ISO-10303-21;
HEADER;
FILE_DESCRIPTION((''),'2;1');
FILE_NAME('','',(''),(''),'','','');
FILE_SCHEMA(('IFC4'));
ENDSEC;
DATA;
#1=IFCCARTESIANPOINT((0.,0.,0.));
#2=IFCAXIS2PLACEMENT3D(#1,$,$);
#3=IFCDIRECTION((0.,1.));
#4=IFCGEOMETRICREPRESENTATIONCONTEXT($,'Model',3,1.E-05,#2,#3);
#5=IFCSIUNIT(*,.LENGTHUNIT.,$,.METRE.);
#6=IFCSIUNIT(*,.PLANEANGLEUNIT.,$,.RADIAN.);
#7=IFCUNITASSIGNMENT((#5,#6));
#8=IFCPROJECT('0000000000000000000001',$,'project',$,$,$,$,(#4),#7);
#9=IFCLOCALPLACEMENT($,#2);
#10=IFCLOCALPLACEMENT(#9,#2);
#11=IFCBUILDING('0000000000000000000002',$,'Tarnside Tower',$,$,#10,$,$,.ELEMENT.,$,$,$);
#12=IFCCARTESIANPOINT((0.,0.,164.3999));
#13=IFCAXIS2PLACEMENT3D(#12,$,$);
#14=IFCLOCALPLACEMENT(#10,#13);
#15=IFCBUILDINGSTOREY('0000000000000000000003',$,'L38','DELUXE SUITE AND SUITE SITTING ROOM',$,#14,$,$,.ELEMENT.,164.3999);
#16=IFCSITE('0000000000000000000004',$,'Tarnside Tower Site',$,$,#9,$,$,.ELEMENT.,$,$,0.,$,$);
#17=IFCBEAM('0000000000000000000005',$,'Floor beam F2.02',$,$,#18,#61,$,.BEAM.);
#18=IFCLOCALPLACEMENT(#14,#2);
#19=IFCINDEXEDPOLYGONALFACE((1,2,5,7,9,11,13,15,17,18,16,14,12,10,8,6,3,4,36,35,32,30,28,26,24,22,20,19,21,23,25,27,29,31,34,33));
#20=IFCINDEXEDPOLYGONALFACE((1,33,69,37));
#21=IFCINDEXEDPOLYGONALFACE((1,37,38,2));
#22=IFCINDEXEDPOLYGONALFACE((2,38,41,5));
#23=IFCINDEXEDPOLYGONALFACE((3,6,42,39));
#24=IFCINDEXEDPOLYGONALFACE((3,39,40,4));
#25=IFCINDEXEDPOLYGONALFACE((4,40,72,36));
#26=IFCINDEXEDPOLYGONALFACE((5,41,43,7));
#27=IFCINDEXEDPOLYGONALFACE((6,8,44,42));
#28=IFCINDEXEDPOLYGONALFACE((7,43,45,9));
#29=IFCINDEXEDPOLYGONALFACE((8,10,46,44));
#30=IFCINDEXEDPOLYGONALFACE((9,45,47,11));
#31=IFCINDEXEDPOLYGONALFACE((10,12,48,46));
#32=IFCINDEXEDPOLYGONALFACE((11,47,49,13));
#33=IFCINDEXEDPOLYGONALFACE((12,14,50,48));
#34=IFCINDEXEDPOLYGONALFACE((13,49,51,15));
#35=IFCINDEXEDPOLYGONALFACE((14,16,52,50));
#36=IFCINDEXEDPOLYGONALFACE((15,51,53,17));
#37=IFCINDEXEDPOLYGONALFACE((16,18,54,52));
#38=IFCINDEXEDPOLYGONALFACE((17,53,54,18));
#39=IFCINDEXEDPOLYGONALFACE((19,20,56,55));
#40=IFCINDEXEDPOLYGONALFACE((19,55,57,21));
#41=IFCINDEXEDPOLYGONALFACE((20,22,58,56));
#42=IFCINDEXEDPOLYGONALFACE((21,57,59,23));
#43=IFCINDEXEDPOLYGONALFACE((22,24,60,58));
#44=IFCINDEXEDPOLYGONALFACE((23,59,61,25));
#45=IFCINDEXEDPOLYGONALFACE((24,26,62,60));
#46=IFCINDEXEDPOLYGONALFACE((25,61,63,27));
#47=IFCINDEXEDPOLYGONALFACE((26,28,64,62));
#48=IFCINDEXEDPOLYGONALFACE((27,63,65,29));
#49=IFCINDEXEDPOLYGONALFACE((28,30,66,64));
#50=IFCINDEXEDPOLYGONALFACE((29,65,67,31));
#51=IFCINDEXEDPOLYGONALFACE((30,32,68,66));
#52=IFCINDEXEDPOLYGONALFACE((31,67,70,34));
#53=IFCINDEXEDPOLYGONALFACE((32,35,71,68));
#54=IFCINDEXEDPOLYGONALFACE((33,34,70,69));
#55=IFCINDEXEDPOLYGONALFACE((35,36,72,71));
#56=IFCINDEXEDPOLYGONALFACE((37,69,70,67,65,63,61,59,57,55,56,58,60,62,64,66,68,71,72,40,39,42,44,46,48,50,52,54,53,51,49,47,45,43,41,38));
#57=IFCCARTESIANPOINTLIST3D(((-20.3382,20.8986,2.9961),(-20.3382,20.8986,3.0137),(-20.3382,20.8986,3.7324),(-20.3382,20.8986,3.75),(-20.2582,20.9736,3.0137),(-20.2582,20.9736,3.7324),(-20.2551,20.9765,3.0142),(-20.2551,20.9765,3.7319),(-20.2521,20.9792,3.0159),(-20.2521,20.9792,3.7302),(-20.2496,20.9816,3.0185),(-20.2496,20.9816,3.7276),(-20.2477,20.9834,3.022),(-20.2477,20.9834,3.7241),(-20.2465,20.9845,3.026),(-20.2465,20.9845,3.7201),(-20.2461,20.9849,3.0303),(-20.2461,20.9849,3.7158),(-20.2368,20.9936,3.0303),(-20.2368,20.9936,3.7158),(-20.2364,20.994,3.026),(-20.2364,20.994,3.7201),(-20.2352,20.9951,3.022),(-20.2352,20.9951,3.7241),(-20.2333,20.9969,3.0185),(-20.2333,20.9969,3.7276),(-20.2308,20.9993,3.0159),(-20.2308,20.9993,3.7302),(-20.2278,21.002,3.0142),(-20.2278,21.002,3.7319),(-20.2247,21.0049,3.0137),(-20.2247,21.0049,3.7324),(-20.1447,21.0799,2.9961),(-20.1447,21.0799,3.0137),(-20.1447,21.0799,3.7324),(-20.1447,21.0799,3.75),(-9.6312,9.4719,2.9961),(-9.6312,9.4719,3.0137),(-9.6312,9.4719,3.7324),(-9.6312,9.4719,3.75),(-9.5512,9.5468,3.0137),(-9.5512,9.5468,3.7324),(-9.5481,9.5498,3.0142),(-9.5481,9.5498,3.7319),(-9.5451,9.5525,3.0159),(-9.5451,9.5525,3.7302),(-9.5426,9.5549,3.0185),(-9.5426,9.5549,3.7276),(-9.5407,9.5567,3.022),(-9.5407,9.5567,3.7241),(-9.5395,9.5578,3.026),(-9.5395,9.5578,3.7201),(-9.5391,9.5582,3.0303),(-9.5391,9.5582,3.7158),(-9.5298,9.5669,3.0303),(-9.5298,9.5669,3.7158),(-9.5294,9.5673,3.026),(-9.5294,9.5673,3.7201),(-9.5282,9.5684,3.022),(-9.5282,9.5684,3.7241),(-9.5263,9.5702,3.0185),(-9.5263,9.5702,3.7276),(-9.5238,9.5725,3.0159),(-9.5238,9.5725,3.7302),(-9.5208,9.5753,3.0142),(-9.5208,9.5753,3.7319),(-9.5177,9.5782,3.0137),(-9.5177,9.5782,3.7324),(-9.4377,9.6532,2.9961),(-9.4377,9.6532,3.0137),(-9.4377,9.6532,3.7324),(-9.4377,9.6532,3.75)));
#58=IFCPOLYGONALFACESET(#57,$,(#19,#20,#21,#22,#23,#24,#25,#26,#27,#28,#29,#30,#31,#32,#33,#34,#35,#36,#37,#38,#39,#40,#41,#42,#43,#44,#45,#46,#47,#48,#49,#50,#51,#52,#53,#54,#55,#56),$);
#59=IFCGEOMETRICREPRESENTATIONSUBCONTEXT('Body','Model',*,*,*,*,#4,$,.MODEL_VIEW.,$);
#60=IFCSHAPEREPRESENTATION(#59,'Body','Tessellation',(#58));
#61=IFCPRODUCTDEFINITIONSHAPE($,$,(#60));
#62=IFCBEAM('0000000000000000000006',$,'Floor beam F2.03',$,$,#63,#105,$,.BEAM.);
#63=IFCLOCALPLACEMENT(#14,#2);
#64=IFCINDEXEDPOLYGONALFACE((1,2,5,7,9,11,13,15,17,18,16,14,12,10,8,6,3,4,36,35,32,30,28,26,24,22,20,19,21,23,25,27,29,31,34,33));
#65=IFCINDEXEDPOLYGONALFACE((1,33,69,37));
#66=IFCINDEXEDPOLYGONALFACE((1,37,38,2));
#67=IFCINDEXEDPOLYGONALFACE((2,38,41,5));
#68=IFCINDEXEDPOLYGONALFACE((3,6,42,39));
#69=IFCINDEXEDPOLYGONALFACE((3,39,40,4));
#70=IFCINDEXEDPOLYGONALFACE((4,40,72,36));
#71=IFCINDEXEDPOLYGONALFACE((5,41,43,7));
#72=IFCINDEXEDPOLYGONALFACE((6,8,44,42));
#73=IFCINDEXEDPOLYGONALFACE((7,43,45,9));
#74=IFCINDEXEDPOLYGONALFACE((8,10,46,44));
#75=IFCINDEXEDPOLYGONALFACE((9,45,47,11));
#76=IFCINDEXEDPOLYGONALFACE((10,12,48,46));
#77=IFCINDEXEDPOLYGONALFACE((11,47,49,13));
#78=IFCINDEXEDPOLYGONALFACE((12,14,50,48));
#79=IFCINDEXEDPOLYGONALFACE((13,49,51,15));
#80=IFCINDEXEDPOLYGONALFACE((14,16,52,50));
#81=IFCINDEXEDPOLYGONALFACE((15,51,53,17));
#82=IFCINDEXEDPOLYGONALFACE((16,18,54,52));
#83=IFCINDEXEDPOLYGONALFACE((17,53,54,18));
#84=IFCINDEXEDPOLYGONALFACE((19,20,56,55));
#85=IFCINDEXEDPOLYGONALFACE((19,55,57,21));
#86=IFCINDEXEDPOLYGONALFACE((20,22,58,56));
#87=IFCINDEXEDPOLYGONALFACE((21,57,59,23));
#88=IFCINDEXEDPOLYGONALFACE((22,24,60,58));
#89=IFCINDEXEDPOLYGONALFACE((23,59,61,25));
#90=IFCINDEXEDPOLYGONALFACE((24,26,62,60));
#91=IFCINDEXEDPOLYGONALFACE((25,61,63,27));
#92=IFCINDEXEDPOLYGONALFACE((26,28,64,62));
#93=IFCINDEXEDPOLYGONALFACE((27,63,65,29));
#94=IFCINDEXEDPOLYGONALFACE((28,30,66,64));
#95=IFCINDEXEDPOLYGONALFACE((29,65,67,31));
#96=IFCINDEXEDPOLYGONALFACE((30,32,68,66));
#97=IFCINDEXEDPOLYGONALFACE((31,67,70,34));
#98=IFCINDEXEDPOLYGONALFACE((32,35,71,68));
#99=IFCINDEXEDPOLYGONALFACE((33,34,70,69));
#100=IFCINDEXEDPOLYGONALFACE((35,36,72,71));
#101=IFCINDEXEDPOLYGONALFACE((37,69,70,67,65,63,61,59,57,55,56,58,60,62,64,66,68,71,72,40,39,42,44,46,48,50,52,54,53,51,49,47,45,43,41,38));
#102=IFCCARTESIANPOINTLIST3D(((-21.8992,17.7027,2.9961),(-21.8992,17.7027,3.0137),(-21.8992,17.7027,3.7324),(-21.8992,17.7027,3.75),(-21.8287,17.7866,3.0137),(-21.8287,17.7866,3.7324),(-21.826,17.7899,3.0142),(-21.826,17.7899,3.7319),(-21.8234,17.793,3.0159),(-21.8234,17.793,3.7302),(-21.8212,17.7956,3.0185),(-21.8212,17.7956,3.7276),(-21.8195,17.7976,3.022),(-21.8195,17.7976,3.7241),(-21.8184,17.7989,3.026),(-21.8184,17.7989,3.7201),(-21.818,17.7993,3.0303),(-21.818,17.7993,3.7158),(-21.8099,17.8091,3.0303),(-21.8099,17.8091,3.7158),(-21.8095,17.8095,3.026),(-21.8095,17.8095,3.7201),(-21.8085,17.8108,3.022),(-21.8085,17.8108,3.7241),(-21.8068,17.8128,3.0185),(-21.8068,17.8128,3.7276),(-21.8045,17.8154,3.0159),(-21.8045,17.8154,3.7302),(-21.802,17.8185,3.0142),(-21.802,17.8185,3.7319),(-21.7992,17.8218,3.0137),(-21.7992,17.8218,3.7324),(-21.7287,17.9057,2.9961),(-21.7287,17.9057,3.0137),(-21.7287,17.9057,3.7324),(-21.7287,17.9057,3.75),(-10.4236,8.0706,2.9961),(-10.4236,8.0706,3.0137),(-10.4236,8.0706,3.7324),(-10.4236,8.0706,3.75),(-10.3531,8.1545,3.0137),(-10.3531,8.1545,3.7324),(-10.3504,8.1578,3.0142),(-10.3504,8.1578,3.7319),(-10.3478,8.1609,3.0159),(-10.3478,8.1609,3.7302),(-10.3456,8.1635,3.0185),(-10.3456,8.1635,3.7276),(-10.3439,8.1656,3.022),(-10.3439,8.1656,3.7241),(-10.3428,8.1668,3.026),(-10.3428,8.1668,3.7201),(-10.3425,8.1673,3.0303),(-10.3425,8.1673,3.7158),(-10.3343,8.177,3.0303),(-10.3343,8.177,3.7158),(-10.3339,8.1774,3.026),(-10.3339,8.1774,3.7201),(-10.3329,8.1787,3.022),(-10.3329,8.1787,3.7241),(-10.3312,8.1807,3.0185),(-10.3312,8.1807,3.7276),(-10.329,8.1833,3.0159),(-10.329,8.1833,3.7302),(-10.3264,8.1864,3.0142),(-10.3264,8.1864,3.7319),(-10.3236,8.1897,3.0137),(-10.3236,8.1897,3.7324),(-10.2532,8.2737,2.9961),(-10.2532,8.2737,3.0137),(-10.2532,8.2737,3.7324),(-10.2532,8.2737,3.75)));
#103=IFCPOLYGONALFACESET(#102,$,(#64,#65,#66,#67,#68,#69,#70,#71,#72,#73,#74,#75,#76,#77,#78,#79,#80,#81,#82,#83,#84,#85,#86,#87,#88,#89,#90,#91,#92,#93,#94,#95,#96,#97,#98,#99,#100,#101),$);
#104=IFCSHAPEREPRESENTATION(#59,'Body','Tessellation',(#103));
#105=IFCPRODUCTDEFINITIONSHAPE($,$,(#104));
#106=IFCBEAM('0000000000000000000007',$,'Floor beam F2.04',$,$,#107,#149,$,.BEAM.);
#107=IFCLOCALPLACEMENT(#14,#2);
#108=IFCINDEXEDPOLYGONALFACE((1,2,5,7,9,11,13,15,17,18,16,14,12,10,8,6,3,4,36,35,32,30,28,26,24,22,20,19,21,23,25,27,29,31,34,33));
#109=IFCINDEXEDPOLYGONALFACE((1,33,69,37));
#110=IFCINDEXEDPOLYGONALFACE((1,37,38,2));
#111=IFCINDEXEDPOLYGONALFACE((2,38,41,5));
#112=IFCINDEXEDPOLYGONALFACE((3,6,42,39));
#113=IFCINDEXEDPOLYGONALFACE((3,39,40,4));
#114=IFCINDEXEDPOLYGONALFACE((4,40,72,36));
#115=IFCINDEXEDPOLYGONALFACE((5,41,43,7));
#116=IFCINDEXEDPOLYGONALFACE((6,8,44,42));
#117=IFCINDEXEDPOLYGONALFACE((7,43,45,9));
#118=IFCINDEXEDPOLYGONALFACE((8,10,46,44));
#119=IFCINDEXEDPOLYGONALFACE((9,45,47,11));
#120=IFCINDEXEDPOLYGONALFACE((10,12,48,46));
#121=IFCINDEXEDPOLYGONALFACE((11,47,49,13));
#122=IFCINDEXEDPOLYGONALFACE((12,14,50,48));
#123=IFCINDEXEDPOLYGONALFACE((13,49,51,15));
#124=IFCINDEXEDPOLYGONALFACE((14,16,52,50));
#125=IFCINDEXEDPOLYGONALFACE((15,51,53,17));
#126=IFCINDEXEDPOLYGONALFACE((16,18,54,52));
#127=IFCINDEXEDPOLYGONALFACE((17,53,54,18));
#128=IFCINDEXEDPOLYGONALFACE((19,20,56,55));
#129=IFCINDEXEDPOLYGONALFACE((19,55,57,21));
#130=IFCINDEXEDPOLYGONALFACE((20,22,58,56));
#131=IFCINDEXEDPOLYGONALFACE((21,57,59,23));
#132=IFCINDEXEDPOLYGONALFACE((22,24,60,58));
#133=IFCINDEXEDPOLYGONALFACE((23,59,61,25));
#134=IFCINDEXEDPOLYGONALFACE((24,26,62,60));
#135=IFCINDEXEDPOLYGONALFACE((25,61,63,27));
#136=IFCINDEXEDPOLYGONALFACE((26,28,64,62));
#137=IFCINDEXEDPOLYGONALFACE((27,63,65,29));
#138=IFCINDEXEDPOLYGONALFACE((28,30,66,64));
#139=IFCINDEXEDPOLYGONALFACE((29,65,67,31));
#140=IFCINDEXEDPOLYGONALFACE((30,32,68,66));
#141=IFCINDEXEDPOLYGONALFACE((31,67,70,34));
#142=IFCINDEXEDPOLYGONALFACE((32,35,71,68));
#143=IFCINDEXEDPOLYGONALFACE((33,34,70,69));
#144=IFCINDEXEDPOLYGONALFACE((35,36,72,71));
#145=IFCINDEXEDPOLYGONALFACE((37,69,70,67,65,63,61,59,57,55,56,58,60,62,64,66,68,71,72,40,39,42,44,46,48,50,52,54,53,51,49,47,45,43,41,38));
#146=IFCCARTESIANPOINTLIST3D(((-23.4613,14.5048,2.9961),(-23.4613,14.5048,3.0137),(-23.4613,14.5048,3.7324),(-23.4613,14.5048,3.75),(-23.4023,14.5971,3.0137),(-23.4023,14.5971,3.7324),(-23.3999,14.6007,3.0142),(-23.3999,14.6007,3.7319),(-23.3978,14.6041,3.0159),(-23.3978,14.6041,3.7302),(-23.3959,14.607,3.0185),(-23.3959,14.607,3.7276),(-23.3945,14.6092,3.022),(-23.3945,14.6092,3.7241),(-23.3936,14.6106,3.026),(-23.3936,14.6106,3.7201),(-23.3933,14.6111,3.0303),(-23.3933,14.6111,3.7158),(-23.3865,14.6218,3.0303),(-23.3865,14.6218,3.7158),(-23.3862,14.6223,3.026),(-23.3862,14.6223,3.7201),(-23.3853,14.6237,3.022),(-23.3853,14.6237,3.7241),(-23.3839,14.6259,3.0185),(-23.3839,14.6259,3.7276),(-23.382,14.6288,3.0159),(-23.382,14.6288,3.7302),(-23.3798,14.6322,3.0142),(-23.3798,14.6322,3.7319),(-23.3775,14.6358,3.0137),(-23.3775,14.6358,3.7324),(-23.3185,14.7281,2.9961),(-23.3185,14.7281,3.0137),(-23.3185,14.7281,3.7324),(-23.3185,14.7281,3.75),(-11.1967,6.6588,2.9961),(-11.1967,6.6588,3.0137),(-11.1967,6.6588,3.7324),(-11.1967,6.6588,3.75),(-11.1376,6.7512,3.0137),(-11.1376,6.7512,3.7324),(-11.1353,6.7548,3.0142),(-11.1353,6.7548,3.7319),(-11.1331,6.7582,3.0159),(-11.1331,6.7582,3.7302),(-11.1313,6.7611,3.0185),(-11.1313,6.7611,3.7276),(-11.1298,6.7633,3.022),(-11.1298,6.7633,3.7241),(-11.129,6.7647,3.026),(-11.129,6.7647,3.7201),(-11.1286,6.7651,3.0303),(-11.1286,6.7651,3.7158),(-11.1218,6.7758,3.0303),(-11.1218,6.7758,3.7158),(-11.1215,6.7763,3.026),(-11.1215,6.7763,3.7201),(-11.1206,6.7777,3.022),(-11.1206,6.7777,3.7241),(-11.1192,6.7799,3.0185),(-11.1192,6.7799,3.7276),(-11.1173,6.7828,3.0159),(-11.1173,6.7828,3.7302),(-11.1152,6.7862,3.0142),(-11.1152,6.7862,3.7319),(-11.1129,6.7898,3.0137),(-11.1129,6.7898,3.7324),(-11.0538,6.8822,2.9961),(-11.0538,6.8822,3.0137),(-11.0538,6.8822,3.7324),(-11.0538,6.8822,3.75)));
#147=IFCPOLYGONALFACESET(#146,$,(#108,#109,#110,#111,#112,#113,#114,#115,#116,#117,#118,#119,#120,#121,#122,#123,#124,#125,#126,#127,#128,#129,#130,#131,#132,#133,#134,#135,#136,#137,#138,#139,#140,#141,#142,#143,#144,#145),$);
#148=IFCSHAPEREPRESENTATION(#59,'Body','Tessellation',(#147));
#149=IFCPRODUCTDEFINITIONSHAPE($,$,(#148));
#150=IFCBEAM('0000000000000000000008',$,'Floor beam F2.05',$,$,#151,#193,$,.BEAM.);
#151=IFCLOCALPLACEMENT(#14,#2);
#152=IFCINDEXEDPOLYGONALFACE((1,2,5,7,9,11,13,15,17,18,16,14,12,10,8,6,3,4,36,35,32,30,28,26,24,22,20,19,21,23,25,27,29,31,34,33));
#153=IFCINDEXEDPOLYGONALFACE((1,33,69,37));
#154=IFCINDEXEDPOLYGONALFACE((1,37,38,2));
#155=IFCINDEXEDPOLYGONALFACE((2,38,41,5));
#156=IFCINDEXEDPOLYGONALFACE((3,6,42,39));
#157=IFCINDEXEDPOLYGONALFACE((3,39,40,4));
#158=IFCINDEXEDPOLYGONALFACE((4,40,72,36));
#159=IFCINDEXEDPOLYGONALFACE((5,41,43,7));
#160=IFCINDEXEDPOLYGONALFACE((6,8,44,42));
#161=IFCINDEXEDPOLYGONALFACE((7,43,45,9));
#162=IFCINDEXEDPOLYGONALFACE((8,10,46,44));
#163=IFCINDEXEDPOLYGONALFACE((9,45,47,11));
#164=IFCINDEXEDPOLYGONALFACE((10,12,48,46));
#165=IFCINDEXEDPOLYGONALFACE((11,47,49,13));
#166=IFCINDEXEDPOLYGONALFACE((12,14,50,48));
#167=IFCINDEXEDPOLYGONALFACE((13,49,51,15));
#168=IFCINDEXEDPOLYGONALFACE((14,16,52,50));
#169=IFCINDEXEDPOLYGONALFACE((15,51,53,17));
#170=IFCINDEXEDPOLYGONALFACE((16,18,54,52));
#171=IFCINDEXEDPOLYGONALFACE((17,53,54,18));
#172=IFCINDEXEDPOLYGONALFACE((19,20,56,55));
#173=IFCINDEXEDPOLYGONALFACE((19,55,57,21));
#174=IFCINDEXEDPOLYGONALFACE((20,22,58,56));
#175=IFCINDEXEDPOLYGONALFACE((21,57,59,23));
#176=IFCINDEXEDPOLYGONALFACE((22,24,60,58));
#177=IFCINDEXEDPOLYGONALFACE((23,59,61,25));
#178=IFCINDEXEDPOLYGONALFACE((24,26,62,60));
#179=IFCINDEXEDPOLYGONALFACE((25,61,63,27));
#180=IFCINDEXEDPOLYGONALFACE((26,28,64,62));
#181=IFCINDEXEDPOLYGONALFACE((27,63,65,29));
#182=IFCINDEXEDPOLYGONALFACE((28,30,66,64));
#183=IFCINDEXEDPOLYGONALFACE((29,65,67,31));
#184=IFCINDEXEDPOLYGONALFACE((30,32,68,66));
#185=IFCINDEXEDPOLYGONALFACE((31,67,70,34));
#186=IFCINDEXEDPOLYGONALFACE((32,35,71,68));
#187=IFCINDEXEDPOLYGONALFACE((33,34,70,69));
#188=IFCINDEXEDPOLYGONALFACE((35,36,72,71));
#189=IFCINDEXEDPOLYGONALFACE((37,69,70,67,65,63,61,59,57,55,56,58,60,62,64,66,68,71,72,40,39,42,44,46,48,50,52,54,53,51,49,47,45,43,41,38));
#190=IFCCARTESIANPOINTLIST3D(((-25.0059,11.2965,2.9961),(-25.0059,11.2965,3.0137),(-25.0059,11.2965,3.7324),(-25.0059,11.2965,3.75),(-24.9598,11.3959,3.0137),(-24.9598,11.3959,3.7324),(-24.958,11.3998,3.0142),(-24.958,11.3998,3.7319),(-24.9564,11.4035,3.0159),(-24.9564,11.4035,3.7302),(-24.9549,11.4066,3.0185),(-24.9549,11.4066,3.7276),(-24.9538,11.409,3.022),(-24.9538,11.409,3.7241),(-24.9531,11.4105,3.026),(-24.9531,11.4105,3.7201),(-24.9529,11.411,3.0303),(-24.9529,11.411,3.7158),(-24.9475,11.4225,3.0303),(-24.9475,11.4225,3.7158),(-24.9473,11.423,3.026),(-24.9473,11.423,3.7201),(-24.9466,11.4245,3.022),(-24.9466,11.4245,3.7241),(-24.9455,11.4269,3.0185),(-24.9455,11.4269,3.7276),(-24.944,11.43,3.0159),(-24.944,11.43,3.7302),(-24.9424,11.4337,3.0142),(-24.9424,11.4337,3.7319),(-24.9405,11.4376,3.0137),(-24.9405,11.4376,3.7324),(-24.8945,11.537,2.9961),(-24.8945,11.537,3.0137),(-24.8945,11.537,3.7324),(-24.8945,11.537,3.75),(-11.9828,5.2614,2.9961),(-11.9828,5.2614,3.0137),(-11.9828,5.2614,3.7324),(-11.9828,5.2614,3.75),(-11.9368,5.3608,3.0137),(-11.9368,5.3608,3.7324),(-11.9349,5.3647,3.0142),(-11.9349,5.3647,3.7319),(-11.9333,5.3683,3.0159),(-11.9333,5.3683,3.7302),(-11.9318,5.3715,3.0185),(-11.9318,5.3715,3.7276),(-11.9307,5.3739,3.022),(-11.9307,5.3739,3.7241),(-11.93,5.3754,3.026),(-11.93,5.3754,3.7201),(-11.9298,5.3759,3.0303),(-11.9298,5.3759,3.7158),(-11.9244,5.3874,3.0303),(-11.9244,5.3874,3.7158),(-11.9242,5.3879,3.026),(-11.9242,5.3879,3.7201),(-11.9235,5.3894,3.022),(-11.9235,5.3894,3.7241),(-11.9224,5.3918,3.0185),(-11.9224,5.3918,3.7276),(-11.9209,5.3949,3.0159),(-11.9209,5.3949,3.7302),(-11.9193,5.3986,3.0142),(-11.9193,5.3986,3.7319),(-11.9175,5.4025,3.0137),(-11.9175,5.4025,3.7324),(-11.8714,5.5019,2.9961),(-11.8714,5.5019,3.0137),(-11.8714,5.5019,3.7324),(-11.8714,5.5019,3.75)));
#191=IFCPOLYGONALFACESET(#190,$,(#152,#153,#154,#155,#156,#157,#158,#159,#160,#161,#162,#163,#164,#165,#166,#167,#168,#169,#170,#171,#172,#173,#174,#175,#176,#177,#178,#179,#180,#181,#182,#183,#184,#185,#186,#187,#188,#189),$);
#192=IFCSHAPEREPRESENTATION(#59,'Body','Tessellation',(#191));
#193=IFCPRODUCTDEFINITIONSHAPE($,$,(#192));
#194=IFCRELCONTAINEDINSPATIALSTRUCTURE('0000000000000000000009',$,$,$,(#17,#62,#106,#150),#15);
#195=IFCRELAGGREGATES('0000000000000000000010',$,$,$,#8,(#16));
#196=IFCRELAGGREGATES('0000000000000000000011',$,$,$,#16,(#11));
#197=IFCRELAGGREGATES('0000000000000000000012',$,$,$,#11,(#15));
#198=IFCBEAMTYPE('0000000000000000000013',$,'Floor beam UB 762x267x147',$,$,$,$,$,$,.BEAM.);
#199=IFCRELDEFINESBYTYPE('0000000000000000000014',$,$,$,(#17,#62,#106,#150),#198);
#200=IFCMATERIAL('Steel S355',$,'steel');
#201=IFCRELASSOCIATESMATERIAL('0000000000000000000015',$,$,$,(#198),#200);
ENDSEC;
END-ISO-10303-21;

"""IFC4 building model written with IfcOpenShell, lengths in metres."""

from ifc_helpers import new_model, si_unit, direction, frame, origin, origin_2d, place, context, subcontext, project, spatial, i_section, extrude, material, material_profile, profile_set, type_object, element, save


model = new_model("IFC4")

# Units and contexts
model_context = context("Model", 3, precision=1e-05, world=origin(), true_north=direction((0.0, 1.0)))
body_context = subcontext(model_context, "Body", "Model", "MODEL_VIEW")
ifc_project = project(units=[si_unit("LENGTHUNIT", "METRE"), si_unit("PLANEANGLEUNIT", "RADIAN")], contexts=[model_context])

# Site, building, storey
site_placement = place(None, origin())
site = spatial("IfcSite", under=ifc_project, at=site_placement, Name="Tarnside Tower Site", CompositionType="ELEMENT", RefElevation=0.0)
building_placement = place(site_placement, origin())
building = spatial("IfcBuilding", under=site, at=building_placement, Name="Tarnside Tower", CompositionType="ELEMENT")
storey_placement = place(building_placement, frame((0.0, 0.0, 164.3999)))
storey = spatial("IfcBuildingStorey", under=building, at=storey_placement, Name="L38", Description="DELUXE SUITE AND SUITE SITTING ROOM", CompositionType="ELEMENT", Elevation=164.3999)

# Beams
ifc_material_1 = material(Name="Steel S355", Category="steel")
ifc_material_profile_1 = material_profile(ifc_material_1, i_section(OverallWidth=0.2651, OverallDepth=0.7539, WebThickness=0.0127, FlangeThickness=0.0176, FilletRadius=0.0166, at=origin_2d()), Name="UB 762x267x147")
ifc_profile_set_1 = profile_set([ifc_material_profile_1], Name="Steel S355")
beam_type_1 = type_object("IfcBeamType", Name="Floor beam UB 762x267x147", PredefinedType="BEAM", material=ifc_profile_set_1)
beam_1_placement = place(storey_placement, frame((-20.2415, 20.9893, 3.373), z_axis=(0.683752, -0.729714, 0.0), x_axis=(0.729714, 0.683752, 0.0)))
element("IfcBeam", 1, at=beam_1_placement, inside=storey, type_object=beam_type_1, Name="Floor beam F2.02", PredefinedType="BEAM", context=body_context, shape_type="SweptSolid", body=[
    extrude(i_section(OverallWidth=0.2651, OverallDepth=0.7539, WebThickness=0.0127, FlangeThickness=0.0176, FilletRadius=0.0166, at=origin_2d()), origin(), (0.0, 0.0, 1.0), 15.6592),
])
beam_2_placement = place(storey_placement, frame((-21.814, 17.8042, 3.373), z_axis=(0.765948, -0.642902, 0.0), x_axis=(0.642902, 0.765948, 0.0)))
element("IfcBeam", 2, at=beam_2_placement, inside=storey, type_object=beam_type_1, Name="Floor beam F2.03", PredefinedType="BEAM", context=body_context, shape_type="SweptSolid", body=[
    extrude(i_section(OverallWidth=0.2651, OverallDepth=0.7539, WebThickness=0.0127, FlangeThickness=0.0176, FilletRadius=0.0166, at=origin_2d()), origin(), (0.0, 0.0, 1.0), 14.9822),
])
beam_3_placement = place(storey_placement, frame((-23.3899, 14.6165, 3.373), z_axis=(0.842378, -0.538887, 0.0), x_axis=(0.538887, 0.842378, 0.0)))
element("IfcBeam", 3, at=beam_3_placement, inside=storey, type_object=beam_type_1, Name="Floor beam F2.04", PredefinedType="BEAM", context=body_context, shape_type="SweptSolid", body=[
    extrude(i_section(OverallWidth=0.2651, OverallDepth=0.7539, WebThickness=0.0127, FlangeThickness=0.0176, FilletRadius=0.0166, at=origin_2d()), origin(), (0.0, 0.0, 1.0), 14.5596),
])
beam_4_placement = place(storey_placement, frame((-24.9502, 11.4167, 3.373), z_axis=(0.90731, -0.420462, 0.0), x_axis=(0.420462, 0.90731, 0.0)))
element("IfcBeam", 4, at=beam_4_placement, inside=storey, type_object=beam_type_1, Name="Floor beam F2.05", PredefinedType="BEAM", context=body_context, shape_type="SweptSolid", body=[
    extrude(i_section(OverallWidth=0.2651, OverallDepth=0.7539, WebThickness=0.0127, FlangeThickness=0.0176, FilletRadius=0.0166, at=origin_2d()), origin(), (0.0, 0.0, 1.0), 14.3535),
])

save(model, "model.ifc")
